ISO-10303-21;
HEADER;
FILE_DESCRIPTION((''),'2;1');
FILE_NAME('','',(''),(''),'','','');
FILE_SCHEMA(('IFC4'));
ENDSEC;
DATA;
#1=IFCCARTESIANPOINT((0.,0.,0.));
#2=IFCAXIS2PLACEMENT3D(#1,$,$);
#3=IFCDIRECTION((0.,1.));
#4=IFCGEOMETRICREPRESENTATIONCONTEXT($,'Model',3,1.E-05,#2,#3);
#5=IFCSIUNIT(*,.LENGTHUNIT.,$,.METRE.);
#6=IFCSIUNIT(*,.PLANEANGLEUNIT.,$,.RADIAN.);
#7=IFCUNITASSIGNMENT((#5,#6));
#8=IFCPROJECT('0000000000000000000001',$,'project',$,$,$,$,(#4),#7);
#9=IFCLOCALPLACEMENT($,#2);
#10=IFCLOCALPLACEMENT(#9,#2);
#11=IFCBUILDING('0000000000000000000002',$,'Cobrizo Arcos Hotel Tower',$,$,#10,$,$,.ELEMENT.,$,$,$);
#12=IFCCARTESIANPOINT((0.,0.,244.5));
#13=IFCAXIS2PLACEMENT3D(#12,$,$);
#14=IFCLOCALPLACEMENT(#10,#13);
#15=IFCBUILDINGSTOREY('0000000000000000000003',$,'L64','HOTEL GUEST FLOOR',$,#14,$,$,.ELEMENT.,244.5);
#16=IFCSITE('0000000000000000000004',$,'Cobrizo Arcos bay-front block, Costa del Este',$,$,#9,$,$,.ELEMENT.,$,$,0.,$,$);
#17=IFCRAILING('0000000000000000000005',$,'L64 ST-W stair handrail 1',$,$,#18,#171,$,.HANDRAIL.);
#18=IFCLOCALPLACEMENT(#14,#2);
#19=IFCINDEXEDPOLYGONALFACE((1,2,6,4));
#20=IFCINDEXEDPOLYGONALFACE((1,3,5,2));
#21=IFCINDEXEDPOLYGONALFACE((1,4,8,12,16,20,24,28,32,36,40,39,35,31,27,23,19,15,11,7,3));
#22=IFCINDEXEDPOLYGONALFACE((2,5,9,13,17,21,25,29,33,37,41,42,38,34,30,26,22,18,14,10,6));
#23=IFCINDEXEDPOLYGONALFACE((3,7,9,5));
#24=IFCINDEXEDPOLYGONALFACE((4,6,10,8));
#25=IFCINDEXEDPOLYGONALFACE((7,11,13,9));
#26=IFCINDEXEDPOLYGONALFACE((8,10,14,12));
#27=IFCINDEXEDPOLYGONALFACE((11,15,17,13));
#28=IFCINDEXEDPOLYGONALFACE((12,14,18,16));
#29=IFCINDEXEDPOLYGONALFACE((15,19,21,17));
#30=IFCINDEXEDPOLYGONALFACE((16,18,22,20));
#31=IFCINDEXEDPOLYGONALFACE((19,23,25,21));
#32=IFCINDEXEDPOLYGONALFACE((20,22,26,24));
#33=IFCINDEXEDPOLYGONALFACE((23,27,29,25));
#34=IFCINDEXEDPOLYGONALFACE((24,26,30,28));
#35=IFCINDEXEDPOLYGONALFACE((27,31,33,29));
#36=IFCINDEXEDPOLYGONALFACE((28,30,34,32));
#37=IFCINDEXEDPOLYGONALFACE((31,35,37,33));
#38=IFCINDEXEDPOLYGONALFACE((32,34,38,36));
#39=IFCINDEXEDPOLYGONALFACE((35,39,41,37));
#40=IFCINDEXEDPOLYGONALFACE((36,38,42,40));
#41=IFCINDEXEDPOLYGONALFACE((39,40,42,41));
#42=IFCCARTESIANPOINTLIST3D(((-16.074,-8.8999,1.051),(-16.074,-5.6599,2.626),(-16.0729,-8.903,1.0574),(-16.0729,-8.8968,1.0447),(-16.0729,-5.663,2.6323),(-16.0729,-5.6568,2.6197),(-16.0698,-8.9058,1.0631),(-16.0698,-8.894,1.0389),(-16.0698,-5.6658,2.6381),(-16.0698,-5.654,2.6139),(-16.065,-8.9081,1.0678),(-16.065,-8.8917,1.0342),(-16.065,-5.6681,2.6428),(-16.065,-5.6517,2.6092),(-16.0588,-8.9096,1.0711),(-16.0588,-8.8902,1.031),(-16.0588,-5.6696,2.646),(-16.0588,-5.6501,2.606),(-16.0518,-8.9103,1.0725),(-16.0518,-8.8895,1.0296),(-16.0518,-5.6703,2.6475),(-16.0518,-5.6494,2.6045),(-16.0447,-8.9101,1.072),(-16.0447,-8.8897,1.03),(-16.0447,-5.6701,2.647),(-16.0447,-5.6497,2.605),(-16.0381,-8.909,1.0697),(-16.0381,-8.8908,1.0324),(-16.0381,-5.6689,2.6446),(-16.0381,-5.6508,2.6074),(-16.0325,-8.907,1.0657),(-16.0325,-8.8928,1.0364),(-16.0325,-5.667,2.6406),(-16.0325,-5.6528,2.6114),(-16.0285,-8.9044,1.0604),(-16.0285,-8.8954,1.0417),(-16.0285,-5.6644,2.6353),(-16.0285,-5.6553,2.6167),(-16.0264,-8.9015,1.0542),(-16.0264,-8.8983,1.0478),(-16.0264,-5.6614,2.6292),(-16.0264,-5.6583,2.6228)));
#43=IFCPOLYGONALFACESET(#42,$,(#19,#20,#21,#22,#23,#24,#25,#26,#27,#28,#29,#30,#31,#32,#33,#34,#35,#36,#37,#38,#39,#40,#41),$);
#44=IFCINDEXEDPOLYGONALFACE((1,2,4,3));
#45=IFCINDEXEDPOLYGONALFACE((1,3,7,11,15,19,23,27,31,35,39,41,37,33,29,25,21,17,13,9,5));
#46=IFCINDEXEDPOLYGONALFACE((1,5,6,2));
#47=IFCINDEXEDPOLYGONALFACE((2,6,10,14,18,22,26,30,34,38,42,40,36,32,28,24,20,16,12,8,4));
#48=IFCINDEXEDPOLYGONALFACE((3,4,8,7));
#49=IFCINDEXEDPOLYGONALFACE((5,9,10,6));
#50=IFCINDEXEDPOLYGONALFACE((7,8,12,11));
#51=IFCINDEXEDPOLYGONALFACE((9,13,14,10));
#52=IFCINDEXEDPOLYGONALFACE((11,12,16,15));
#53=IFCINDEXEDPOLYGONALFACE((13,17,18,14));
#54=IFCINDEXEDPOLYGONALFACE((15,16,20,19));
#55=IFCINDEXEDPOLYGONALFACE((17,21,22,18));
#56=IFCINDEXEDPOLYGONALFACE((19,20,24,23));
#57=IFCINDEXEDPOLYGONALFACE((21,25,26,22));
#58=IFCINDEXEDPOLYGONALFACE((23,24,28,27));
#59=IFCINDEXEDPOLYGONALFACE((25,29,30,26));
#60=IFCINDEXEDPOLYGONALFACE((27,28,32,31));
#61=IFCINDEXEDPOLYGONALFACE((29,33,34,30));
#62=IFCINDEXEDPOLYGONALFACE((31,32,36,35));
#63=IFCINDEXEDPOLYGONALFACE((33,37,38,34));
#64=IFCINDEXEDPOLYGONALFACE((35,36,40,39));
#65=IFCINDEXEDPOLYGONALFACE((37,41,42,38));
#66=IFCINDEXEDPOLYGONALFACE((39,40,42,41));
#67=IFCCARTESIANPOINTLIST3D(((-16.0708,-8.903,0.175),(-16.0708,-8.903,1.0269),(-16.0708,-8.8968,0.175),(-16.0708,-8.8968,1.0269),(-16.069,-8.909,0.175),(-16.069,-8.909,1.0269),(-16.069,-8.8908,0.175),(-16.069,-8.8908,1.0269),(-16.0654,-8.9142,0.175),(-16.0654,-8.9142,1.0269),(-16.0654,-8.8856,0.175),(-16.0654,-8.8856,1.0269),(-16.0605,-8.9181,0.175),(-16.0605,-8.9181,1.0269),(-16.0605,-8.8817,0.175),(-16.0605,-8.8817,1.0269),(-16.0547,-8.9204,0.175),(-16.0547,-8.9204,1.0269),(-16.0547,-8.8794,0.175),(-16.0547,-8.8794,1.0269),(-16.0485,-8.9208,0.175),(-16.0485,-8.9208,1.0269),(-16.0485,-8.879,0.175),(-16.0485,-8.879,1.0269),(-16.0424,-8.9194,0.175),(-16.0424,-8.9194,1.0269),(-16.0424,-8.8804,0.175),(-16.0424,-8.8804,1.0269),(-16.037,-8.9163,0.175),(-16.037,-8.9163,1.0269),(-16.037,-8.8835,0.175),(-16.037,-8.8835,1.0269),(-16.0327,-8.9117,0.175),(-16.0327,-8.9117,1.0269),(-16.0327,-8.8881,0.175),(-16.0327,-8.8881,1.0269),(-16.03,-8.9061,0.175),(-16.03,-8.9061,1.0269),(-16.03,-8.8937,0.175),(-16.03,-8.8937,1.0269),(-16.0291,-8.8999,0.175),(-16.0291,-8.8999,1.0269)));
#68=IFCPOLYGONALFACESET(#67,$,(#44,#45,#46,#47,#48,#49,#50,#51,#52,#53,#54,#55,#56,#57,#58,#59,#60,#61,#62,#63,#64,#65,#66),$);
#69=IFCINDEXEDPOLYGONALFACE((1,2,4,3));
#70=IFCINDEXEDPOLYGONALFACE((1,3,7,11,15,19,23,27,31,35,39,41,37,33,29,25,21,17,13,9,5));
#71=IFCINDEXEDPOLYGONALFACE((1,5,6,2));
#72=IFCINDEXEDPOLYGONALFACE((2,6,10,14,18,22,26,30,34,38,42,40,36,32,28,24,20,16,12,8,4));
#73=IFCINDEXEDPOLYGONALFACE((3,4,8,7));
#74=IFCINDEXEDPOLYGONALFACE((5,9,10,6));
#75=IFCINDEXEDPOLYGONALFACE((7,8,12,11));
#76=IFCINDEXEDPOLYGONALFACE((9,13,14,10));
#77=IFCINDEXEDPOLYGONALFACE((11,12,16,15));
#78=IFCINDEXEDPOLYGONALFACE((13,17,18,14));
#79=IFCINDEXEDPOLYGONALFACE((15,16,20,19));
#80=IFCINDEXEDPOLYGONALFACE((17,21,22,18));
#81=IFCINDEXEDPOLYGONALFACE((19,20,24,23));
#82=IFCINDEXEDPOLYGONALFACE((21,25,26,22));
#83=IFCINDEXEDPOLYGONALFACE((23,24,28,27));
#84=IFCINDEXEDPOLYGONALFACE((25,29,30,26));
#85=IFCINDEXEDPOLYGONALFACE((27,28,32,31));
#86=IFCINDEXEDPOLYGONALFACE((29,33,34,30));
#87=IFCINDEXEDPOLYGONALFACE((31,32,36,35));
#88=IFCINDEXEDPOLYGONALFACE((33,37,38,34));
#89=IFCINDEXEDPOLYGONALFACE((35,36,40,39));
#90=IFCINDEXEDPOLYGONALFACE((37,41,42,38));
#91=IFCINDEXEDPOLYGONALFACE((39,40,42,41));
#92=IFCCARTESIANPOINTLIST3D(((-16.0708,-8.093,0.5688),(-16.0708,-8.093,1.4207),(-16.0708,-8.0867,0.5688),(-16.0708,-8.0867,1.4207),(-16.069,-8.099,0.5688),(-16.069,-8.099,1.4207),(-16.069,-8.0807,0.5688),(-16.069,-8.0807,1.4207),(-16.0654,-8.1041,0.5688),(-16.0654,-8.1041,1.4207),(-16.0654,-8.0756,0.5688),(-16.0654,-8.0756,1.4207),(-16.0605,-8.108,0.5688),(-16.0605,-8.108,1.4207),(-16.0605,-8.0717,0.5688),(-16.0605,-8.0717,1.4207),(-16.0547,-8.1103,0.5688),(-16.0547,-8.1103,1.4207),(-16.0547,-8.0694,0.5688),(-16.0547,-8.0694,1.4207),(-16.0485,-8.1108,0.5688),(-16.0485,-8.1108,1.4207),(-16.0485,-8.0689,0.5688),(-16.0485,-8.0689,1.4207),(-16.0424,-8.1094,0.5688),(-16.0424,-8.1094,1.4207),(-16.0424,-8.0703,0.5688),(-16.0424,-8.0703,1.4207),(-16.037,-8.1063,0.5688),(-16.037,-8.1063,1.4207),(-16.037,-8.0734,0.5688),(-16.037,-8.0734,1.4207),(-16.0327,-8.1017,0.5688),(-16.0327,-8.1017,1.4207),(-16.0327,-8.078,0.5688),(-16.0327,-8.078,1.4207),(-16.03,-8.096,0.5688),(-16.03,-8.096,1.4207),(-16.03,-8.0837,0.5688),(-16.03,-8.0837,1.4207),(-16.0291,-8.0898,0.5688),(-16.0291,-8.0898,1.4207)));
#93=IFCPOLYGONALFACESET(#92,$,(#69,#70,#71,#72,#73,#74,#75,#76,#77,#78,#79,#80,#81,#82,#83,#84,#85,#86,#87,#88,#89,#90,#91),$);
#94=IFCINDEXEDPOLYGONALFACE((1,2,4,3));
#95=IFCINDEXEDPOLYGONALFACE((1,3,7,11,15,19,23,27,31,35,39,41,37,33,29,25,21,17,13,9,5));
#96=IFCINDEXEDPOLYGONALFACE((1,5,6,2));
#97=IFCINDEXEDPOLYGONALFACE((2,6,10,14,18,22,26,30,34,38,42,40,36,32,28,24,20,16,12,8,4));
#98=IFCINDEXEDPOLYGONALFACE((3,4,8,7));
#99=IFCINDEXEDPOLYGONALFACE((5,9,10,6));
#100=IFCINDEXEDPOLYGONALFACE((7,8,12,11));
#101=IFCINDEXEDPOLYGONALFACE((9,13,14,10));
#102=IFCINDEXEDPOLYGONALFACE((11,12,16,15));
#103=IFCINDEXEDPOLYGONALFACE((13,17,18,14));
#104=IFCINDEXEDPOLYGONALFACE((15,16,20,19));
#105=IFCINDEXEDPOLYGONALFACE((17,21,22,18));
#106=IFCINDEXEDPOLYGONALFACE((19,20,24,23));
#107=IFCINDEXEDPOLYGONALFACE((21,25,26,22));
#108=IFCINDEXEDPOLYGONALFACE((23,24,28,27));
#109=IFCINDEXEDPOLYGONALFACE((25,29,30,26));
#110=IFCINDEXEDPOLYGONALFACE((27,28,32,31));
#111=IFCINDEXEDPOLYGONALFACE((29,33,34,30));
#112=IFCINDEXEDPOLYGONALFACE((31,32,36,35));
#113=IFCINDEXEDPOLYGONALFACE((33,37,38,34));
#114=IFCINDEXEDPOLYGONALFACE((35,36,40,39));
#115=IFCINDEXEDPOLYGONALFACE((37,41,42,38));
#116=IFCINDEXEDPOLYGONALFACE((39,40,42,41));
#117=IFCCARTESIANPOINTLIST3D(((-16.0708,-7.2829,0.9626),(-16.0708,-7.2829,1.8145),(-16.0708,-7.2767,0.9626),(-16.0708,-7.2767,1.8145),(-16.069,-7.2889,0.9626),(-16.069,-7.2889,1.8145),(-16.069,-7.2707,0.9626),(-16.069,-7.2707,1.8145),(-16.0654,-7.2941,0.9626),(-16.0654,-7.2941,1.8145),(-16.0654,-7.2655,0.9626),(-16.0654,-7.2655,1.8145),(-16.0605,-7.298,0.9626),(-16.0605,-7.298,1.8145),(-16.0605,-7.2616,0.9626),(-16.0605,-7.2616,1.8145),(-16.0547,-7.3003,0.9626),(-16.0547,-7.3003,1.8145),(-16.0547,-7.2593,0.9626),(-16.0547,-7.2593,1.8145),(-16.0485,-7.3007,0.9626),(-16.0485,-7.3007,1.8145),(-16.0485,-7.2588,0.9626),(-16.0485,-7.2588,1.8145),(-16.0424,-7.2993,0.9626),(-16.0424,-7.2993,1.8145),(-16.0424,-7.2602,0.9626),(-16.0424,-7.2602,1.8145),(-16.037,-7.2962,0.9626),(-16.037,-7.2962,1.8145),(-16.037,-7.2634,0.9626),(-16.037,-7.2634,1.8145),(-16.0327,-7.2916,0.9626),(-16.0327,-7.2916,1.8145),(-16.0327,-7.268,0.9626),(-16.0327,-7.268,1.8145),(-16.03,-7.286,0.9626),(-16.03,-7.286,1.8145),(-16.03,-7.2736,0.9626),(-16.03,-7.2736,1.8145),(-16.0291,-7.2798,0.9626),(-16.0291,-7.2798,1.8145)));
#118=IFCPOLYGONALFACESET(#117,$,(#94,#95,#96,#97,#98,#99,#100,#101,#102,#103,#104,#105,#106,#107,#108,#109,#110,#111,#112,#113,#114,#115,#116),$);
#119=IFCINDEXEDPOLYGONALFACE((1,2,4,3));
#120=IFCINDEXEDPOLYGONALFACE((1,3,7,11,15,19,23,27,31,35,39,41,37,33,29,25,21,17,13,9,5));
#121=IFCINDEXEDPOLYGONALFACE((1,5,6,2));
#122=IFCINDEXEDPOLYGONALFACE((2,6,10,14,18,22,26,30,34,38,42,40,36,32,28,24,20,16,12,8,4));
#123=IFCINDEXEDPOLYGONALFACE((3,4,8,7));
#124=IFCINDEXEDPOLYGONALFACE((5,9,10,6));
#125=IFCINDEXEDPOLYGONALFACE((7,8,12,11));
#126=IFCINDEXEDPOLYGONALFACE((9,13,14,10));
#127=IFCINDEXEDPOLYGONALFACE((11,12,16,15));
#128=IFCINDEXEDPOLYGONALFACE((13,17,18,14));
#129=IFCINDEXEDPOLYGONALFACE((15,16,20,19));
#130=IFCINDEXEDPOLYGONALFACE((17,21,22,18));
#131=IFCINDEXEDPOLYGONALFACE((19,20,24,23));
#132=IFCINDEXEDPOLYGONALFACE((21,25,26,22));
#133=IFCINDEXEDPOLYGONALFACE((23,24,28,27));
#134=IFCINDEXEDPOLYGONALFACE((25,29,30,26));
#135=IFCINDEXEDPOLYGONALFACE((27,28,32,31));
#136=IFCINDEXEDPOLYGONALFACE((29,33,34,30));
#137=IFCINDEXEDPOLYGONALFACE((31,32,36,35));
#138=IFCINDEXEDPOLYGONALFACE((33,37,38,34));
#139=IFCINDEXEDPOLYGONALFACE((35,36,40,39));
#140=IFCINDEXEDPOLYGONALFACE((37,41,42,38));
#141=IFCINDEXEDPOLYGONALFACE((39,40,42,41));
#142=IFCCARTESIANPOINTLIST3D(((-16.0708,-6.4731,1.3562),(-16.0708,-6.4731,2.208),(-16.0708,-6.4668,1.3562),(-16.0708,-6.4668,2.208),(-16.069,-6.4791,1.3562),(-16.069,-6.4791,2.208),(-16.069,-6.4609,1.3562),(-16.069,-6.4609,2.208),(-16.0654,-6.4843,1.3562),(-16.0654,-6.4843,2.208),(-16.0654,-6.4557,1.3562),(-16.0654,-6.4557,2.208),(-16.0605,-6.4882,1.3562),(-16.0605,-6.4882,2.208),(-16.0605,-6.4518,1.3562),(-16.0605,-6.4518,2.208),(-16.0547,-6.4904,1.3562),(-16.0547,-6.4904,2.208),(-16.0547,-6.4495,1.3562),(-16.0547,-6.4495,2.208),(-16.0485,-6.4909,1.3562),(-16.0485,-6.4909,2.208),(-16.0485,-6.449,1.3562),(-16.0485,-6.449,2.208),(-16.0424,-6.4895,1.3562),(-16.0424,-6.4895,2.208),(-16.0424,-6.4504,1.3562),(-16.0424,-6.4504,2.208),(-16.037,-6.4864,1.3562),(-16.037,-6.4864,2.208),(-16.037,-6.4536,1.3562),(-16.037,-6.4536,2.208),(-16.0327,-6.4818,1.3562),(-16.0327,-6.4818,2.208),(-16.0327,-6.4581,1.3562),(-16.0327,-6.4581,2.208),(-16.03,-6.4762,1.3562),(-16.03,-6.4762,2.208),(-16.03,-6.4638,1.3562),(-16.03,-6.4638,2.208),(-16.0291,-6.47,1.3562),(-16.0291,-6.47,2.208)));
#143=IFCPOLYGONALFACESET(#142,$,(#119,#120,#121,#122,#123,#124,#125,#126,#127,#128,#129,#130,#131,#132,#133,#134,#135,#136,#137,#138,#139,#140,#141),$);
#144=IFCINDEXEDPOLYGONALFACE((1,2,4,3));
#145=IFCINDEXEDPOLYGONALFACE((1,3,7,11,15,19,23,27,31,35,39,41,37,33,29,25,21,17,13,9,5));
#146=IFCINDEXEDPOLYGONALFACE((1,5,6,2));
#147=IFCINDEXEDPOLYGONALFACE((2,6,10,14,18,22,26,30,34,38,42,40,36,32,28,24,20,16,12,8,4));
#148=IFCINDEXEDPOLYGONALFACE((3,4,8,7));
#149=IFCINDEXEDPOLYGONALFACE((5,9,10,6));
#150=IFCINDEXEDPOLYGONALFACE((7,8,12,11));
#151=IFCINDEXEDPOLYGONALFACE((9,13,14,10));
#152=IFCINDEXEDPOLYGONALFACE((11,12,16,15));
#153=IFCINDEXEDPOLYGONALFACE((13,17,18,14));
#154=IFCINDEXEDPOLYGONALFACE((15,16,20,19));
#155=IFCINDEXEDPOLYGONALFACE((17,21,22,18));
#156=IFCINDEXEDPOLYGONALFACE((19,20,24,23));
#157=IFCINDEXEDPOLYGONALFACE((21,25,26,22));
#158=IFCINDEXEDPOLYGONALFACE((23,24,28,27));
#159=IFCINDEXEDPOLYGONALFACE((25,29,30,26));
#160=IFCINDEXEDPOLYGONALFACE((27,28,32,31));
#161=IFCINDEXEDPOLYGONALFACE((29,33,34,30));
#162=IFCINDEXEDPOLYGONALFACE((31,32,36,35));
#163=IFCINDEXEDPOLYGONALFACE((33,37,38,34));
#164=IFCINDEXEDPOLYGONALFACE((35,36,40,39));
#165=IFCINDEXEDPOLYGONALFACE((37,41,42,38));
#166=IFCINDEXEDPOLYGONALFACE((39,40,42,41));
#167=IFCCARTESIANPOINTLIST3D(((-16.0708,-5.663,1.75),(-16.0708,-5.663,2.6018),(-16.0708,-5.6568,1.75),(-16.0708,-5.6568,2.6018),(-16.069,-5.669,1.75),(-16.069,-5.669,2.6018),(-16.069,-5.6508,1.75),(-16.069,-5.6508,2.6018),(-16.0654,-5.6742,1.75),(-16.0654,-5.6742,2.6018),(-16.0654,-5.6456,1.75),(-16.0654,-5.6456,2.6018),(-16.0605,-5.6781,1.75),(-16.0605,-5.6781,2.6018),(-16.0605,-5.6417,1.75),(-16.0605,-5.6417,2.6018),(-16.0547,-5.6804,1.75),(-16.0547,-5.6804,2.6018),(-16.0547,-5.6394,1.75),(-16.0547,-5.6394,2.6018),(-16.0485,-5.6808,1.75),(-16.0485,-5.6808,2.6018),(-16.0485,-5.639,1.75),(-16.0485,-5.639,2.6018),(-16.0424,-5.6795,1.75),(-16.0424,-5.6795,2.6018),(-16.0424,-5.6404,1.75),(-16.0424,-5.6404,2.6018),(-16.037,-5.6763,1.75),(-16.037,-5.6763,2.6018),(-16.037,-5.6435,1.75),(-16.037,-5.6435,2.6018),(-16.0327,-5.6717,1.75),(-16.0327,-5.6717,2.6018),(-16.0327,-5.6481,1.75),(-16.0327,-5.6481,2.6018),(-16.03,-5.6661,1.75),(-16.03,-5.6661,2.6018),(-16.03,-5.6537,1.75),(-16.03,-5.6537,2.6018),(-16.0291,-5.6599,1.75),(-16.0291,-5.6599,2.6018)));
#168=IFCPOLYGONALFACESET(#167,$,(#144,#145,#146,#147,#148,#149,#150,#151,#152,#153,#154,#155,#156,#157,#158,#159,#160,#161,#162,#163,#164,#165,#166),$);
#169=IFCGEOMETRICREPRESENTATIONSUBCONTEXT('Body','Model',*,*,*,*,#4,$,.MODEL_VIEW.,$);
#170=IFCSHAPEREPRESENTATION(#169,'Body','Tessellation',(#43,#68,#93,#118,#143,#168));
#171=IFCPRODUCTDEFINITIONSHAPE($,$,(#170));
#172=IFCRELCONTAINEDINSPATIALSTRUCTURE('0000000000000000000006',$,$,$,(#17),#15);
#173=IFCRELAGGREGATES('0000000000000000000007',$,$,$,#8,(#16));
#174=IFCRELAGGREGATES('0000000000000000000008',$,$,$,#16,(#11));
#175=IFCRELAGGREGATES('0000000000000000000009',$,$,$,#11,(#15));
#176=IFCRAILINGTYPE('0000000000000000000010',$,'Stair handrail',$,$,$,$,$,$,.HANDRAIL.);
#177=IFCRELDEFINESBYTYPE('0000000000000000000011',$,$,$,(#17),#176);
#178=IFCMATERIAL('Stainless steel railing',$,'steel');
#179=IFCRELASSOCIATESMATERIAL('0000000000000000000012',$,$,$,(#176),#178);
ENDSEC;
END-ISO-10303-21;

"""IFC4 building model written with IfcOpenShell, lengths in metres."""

from ifc_helpers import new_model, si_unit, direction, frame, origin, origin_2d, place, context, subcontext, project, spatial, circle, extrude, material, type_object, element, save


model = new_model("IFC4")

# Units and contexts
model_context = context("Model", 3, precision=1e-05, world=origin(), true_north=direction((0.0, 1.0)))
body_context = subcontext(model_context, "Body", "Model", "MODEL_VIEW")
ifc_project = project(units=[si_unit("LENGTHUNIT", "METRE"), si_unit("PLANEANGLEUNIT", "RADIAN")], contexts=[model_context])

# Site, building, storey
site_placement = place(None, origin())
site = spatial("IfcSite", under=ifc_project, at=site_placement, Name="Cobrizo Arcos bay-front block, Costa del Este", CompositionType="ELEMENT", RefElevation=0.0)
building_placement = place(site_placement, origin())
building = spatial("IfcBuilding", under=site, at=building_placement, Name="Cobrizo Arcos Hotel Tower", CompositionType="ELEMENT")
storey_placement = place(building_placement, frame((0.0, 0.0, 244.5)))
storey = spatial("IfcBuildingStorey", under=building, at=storey_placement, Name="L64", Description="HOTEL GUEST FLOOR", CompositionType="ELEMENT", Elevation=244.5)

# Railing
ifc_material_1 = material(Name="Stainless steel railing", Category="steel")
railing_type_1 = type_object("IfcRailingType", Name="Stair handrail", PredefinedType="HANDRAIL", material=ifc_material_1)
railing_1_placement = place(storey_placement, frame((-16.05, -8.8999, 0.175)))
element("IfcRailing", 1, at=railing_1_placement, inside=storey, type_object=railing_type_1, Name="L64 ST-W stair handrail 1", PredefinedType="HANDRAIL", context=body_context, shape_type="SweptSolid", body=[
    extrude(circle(Radius=0.0239, at=origin_2d()), frame((0.0, 0.0, 0.876), z_axis=(0.0, 0.899373, 0.437183), x_axis=(-1.0, 0.0, 0.0)), (0.0, 0.0, 1.0), 3.6025),
    extrude(circle(Radius=0.021, at=origin_2d()), origin(), (0.0, 0.0, 1.0), 0.8518),
    extrude(circle(Radius=0.021, at=origin_2d()), frame((0.0, 0.8101, 0.3938)), (0.0, 0.0, 1.0), 0.8518),
    extrude(circle(Radius=0.021, at=origin_2d()), frame((0.0, 1.6201, 0.7876)), (0.0, 0.0, 1.0), 0.8518),
    extrude(circle(Radius=0.021, at=origin_2d()), frame((0.0, 2.4299, 1.1812)), (0.0, 0.0, 1.0), 0.8518),
    extrude(circle(Radius=0.021, at=origin_2d()), frame((0.0, 3.24, 1.575)), (0.0, 0.0, 1.0), 0.8518),
])

save(model, "model.ifc")
